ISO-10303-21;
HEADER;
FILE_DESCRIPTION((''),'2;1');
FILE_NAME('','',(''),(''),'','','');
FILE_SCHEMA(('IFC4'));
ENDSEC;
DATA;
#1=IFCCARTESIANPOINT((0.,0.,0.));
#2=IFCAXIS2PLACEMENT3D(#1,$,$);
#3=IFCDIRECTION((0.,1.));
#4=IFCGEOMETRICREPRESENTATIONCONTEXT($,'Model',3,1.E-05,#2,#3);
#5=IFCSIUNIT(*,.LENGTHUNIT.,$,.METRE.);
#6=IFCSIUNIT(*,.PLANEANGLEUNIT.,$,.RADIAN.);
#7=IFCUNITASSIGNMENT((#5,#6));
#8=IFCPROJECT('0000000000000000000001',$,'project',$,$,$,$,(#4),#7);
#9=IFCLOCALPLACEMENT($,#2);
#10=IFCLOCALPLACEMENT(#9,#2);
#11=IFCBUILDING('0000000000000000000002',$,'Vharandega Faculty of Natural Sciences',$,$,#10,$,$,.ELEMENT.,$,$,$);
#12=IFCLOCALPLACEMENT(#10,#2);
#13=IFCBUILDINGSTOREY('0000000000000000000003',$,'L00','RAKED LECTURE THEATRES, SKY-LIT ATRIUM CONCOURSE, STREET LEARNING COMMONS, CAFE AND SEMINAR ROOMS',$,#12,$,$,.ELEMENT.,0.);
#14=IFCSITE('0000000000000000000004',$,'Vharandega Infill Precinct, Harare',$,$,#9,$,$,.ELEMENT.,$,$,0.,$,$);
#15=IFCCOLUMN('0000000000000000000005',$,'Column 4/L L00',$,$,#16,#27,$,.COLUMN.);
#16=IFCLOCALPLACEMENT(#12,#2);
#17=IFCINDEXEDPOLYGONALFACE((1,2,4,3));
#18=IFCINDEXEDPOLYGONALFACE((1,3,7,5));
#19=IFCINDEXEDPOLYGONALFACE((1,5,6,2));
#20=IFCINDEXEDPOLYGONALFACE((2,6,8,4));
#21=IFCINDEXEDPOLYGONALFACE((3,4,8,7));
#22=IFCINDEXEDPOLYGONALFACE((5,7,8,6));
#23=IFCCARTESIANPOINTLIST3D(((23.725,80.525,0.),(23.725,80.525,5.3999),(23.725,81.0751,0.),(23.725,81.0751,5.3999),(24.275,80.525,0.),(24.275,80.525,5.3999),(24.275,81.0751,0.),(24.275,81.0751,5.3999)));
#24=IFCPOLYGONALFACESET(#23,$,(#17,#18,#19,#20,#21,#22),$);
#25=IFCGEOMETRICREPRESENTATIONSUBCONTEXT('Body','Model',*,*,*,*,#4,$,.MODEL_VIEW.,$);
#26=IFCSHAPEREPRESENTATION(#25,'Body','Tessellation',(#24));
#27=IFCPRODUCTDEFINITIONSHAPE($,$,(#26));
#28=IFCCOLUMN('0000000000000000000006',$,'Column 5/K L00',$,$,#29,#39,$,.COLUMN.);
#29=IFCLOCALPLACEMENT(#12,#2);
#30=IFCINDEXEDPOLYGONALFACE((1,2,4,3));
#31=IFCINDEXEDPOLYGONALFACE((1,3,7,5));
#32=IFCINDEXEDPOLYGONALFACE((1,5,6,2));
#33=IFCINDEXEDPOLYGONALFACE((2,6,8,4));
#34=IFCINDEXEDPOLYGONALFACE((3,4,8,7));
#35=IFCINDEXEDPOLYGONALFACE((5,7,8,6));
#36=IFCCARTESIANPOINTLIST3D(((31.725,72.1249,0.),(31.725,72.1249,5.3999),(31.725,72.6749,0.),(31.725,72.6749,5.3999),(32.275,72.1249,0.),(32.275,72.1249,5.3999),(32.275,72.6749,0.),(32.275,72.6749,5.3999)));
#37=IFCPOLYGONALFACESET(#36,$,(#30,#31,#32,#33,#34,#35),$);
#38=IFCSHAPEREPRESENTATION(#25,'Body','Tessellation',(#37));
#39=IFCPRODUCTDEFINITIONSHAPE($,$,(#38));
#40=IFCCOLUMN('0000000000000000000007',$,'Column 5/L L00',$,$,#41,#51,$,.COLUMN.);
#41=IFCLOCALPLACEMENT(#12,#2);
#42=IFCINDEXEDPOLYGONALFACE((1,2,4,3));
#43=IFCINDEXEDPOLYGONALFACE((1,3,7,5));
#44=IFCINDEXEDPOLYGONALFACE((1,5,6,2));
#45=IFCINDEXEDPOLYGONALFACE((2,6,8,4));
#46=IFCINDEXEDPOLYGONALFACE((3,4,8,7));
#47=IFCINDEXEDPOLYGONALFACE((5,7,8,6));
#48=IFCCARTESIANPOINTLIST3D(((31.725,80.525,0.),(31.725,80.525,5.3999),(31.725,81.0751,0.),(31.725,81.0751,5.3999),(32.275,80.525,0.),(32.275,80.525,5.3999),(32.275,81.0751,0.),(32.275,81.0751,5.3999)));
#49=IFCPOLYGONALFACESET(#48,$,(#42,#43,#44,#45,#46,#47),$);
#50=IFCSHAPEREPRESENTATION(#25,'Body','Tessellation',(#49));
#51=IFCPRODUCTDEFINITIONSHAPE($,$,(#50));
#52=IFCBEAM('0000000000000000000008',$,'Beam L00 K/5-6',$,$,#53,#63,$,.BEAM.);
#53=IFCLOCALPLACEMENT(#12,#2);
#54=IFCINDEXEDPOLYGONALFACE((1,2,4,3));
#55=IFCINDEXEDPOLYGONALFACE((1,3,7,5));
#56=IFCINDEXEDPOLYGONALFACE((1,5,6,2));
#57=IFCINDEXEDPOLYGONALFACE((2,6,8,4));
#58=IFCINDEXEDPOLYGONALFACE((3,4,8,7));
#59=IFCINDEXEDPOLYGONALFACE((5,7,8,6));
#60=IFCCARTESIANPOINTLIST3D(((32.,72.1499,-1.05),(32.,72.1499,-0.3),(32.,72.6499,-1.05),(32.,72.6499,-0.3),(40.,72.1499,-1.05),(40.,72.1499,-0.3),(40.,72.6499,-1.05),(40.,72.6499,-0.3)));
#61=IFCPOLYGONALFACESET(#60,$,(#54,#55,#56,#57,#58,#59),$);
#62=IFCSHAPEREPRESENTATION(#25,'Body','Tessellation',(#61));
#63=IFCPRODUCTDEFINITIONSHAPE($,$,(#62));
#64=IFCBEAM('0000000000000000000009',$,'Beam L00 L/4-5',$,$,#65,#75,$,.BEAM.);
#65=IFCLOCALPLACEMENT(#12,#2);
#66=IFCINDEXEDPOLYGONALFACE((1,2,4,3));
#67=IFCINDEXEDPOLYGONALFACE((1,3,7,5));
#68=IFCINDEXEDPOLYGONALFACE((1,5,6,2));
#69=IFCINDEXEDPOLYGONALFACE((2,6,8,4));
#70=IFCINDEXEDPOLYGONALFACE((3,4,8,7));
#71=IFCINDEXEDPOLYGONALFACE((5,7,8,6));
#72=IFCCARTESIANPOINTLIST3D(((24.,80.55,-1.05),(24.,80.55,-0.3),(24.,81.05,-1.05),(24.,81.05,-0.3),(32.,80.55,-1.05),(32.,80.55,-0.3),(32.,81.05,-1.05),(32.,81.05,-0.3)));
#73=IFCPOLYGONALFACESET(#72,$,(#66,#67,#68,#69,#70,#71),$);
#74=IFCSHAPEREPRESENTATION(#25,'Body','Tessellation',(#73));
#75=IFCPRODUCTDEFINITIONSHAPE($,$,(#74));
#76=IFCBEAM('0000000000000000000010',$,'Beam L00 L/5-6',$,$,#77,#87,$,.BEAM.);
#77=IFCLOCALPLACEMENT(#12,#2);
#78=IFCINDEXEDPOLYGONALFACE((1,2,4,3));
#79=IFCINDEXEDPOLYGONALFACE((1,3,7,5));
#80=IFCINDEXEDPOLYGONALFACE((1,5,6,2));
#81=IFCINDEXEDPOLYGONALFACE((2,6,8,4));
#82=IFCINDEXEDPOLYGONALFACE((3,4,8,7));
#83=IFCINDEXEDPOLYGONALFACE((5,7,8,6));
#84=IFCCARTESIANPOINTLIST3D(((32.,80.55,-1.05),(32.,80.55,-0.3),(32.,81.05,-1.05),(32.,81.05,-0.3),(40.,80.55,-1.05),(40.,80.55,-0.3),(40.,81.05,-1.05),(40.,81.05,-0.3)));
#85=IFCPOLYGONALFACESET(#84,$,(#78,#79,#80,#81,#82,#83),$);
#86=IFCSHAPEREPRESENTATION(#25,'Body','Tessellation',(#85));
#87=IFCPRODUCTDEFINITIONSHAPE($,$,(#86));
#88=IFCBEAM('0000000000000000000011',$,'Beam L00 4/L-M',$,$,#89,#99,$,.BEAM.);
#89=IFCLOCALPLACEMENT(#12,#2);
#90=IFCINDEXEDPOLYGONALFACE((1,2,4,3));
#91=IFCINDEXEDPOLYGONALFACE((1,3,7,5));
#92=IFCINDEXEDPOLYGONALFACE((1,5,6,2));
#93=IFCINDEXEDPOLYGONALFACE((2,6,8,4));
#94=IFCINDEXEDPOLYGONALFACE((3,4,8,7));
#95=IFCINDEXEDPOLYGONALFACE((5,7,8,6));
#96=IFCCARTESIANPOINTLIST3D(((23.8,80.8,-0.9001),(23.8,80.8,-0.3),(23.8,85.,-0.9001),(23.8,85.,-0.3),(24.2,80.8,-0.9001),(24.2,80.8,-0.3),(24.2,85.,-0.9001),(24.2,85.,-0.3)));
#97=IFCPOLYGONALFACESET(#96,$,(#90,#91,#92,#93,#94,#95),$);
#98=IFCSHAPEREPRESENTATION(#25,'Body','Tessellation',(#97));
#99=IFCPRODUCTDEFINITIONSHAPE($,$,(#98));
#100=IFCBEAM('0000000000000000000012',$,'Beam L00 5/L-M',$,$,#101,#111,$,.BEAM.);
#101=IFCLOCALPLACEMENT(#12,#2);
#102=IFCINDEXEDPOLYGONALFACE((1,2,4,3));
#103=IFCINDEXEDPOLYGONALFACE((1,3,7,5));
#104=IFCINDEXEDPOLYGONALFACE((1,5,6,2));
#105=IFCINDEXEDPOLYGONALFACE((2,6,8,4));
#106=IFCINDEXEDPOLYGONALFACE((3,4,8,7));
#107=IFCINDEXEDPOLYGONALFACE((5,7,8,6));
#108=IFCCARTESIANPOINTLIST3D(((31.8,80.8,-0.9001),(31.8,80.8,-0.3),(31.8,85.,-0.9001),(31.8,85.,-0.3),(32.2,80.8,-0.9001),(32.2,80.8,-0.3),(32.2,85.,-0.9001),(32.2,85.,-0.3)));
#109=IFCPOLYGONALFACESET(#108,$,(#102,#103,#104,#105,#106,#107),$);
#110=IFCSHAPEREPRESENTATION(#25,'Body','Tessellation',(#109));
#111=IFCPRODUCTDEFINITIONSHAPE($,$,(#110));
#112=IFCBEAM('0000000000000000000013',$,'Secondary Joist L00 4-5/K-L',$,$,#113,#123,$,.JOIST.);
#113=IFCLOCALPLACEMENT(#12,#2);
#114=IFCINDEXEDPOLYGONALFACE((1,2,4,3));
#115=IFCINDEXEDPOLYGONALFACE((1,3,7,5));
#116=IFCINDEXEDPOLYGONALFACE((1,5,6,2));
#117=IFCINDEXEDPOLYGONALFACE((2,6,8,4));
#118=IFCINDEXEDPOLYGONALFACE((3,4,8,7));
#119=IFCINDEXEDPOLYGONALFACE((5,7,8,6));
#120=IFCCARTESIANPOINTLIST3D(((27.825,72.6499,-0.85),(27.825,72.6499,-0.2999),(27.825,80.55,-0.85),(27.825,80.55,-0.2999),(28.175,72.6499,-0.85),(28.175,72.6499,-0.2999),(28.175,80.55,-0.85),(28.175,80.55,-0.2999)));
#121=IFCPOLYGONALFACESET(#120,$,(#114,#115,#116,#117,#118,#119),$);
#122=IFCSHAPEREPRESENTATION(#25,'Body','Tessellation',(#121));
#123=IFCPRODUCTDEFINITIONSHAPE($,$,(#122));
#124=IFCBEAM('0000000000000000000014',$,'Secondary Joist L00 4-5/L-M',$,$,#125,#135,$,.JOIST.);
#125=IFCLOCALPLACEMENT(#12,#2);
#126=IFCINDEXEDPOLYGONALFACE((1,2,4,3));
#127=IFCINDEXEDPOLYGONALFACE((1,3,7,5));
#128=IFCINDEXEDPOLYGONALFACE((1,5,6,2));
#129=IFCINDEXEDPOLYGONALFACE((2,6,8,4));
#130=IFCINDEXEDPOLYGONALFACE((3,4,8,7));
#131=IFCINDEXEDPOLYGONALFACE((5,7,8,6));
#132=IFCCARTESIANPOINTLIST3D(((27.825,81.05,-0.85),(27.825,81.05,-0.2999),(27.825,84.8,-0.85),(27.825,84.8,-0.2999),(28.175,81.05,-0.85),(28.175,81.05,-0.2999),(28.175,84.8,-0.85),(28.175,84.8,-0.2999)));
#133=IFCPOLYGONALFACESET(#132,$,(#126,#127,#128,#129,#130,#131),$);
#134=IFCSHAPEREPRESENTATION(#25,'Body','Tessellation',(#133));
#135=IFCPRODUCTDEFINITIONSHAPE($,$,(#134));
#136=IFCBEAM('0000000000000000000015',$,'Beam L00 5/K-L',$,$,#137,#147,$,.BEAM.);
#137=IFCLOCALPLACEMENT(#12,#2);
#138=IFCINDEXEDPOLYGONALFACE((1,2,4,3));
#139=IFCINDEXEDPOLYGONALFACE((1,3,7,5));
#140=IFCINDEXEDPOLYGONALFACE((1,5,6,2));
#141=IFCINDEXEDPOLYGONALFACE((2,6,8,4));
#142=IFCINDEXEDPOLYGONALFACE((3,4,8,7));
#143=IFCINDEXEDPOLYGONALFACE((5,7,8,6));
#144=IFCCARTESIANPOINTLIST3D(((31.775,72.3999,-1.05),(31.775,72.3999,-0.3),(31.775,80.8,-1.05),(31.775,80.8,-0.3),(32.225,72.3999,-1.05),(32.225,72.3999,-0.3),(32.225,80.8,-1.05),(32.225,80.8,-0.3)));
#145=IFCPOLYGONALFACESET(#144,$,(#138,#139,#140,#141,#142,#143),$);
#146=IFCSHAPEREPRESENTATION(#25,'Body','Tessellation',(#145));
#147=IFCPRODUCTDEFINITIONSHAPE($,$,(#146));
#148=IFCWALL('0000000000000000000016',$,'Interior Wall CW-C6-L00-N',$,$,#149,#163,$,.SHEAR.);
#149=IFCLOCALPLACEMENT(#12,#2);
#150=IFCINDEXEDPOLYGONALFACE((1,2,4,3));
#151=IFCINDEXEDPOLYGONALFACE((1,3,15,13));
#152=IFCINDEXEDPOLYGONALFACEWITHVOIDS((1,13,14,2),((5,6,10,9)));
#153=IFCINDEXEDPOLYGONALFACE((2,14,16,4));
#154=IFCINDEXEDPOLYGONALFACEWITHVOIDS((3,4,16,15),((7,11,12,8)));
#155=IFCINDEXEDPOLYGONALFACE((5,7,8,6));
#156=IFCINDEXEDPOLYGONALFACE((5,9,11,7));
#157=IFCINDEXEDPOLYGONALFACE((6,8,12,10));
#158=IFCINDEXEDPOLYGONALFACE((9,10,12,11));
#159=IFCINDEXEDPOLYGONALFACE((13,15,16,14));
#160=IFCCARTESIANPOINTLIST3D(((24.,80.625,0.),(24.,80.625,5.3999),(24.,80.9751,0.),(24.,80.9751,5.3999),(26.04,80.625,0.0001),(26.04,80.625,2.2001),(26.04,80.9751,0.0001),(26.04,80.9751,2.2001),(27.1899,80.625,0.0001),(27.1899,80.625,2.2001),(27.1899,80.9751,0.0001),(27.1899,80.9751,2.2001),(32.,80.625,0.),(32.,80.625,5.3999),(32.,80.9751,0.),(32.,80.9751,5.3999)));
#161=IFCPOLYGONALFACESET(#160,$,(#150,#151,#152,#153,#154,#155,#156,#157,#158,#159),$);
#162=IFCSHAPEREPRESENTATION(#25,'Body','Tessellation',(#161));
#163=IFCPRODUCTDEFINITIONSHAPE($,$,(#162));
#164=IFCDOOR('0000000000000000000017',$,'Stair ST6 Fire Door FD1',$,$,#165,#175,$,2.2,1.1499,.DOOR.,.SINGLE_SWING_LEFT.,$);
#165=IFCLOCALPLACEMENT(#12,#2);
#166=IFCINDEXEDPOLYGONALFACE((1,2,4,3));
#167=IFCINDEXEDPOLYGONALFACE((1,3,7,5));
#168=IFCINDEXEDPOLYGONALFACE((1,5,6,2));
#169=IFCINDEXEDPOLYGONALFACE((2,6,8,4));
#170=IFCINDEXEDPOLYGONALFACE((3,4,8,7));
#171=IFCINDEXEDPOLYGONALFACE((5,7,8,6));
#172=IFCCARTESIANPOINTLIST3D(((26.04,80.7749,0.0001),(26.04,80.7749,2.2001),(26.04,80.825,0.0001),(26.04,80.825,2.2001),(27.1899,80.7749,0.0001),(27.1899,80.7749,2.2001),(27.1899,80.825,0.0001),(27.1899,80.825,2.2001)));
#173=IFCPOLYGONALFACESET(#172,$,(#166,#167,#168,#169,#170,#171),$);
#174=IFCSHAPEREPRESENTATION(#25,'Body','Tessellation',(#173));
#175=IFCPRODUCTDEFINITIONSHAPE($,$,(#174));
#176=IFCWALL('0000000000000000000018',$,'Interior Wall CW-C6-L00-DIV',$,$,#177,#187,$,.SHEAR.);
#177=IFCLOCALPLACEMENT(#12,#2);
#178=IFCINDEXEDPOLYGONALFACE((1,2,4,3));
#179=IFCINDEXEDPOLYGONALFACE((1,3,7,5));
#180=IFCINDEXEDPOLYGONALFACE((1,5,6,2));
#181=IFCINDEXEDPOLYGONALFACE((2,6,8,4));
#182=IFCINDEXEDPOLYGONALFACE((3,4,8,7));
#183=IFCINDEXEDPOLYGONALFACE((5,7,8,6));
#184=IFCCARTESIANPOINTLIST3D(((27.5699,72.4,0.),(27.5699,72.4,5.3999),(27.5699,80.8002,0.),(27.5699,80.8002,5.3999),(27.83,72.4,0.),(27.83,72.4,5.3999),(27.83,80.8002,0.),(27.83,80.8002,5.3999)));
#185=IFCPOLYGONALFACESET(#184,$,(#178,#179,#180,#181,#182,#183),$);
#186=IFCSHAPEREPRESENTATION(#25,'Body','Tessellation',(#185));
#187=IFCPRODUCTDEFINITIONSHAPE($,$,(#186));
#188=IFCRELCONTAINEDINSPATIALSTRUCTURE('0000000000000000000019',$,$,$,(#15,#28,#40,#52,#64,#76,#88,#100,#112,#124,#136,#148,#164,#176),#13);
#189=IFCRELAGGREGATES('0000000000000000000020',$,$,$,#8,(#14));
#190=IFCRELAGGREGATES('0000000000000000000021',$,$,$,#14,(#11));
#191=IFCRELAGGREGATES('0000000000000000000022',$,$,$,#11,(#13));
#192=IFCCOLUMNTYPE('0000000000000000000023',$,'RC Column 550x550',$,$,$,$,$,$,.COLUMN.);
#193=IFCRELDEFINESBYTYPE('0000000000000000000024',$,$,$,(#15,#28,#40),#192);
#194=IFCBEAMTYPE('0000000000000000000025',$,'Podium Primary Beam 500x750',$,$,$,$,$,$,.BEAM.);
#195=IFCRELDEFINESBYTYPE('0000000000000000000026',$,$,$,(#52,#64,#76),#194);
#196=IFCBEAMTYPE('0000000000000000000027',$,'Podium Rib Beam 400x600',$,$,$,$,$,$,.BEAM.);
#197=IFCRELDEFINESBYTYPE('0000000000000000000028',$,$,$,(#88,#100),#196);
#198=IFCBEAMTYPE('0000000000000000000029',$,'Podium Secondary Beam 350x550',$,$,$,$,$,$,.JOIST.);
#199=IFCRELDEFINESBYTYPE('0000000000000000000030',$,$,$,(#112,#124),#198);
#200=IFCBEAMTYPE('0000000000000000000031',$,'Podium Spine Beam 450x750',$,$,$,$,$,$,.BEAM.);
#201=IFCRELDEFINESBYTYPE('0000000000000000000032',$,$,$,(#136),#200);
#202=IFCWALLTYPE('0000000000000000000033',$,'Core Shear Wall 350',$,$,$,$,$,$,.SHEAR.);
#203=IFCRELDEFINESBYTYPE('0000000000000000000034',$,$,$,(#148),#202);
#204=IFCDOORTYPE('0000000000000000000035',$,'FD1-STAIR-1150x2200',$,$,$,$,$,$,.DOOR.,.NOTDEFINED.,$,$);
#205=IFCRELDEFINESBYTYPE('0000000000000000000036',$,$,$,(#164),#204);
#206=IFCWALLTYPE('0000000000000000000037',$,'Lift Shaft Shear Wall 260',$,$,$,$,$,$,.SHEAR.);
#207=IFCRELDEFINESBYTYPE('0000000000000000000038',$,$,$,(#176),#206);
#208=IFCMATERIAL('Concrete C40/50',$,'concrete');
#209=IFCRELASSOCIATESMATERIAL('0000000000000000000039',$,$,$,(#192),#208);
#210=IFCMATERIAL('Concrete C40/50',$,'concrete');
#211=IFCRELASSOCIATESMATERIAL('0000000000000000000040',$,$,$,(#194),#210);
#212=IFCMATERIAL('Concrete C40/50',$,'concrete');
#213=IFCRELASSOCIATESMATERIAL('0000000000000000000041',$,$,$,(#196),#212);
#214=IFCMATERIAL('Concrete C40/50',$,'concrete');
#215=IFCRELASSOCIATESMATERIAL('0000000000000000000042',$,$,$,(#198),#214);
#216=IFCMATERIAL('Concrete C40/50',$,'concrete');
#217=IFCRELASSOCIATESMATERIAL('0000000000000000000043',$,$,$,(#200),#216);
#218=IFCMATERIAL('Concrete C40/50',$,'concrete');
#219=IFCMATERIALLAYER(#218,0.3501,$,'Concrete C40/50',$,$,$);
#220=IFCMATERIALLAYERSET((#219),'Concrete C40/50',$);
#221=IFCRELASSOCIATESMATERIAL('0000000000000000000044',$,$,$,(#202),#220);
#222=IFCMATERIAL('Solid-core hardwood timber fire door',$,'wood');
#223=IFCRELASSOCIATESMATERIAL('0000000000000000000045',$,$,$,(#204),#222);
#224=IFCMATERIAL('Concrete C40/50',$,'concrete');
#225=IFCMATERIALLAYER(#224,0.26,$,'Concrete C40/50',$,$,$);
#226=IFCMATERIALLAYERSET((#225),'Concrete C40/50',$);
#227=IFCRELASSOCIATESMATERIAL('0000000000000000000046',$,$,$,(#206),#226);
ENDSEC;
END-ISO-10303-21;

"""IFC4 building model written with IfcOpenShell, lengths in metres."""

from ifc_helpers import new_model, si_unit, direction, frame, frame_2d, origin, origin_2d, place, context, subcontext, project, spatial, rectangle, extrude, material, layer, layer_set, material_profile, profile_set, type_object, element, fill, save


model = new_model("IFC4")

# Units and contexts
model_context = context("Model", 3, precision=1e-05, world=origin(), true_north=direction((0.0, 1.0)))
body_context = subcontext(model_context, "Body", "Model", "MODEL_VIEW")
ifc_project = project(units=[si_unit("LENGTHUNIT", "METRE"), si_unit("PLANEANGLEUNIT", "RADIAN")], contexts=[model_context])

# Site, building, storey
site_placement = place(None, origin())
site = spatial("IfcSite", under=ifc_project, at=site_placement, Name="Vharandega Infill Precinct, Harare", CompositionType="ELEMENT", RefElevation=0.0)
building_placement = place(site_placement, origin())
building = spatial("IfcBuilding", under=site, at=building_placement, Name="Vharandega Faculty of Natural Sciences", CompositionType="ELEMENT")
storey_placement = place(building_placement, origin())
storey = spatial("IfcBuildingStorey", under=building, at=storey_placement, Name="L00", Description="RAKED LECTURE THEATRES, SKY-LIT ATRIUM CONCOURSE, STREET LEARNING COMMONS, CAFE AND SEMINAR ROOMS", CompositionType="ELEMENT", Elevation=0.0)

# Columns
ifc_material_1 = material(Name="Concrete C40/50", Category="concrete")
ifc_material_profile_1 = material_profile(ifc_material_1, rectangle(XDim=0.55, YDim=0.55, at=origin_2d()), Name="RC 550x550")
ifc_profile_set_1 = profile_set([ifc_material_profile_1], Name="Concrete C40/50")
column_type = type_object("IfcColumnType", Name="RC Column 550x550", PredefinedType="COLUMN", material=ifc_profile_set_1)
for number, where, z_axis, x_axis, name in (
    (1, (24.0, 80.8, 0.0), (0.0, 0.0, 1.0), (1.0, 0.0, 0.0), "Column 4/L L00"),
    (2, (32.0, 72.3999, 0.0), (0.0, 0.0, 1.0), (1.0, 0.0, 0.0), "Column 5/K L00"),
    (3, (32.0, 80.8, 0.0), (0.0, 0.0, 1.0), (1.0, 0.0, 0.0), "Column 5/L L00"),
):
    element("IfcColumn", number, at=place(storey_placement, frame(where, z_axis=z_axis, x_axis=x_axis)), inside=storey, type_object=column_type, Name=name, PredefinedType="COLUMN", context=body_context, shape_type="SweptSolid", body=[
        extrude(rectangle(XDim=0.55, YDim=0.55, at=origin_2d()), origin(), (0.0, 0.0, 1.0), 5.3999),
    ])

# Beams
ifc_material_2 = material(Name="Concrete C40/50", Category="concrete")
ifc_material_profile_2 = material_profile(ifc_material_2, rectangle(XDim=0.5, YDim=0.75, at=origin_2d()), Name="RC 500x750")
ifc_profile_set_2 = profile_set([ifc_material_profile_2], Name="Concrete C40/50")
beam_type_1 = type_object("IfcBeamType", Name="Podium Primary Beam 500x750", PredefinedType="BEAM", material=ifc_profile_set_2)
for number, where, z_axis, x_axis, name in (
    (4, (32.0, 72.3999, -0.675), (1.0, 0.0, 0.0), (0.0, 1.0, 0.0), "Beam L00 K/5-6"),
    (5, (24.0, 80.8, -0.675), (1.0, 0.0, 0.0), (0.0, 1.0, 0.0), "Beam L00 L/4-5"),
    (6, (32.0, 80.8, -0.675), (1.0, 0.0, 0.0), (0.0, 1.0, 0.0), "Beam L00 L/5-6"),
):
    element("IfcBeam", number, at=place(storey_placement, frame(where, z_axis=z_axis, x_axis=x_axis)), inside=storey, type_object=beam_type_1, Name=name, PredefinedType="BEAM", context=body_context, shape_type="SweptSolid", body=[
        extrude(rectangle(XDim=0.5, YDim=0.75, at=origin_2d()), origin(), (0.0, 0.0, 1.0), 8.0),
    ])
ifc_material_3 = material(Name="Concrete C40/50", Category="concrete")
ifc_material_profile_3 = material_profile(ifc_material_3, rectangle(XDim=0.3999, YDim=0.6001, at=origin_2d()), Name="RC 400x600")
ifc_profile_set_3 = profile_set([ifc_material_profile_3], Name="Concrete C40/50")
beam_type_2 = type_object("IfcBeamType", Name="Podium Rib Beam 400x600", PredefinedType="BEAM", material=ifc_profile_set_3)
for number, where, z_axis, x_axis, name in (
    (7, (24.0, 80.8, -0.6001), (0.0, 1.0, 0.0), (-1.0, 0.0, 0.0), "Beam L00 4/L-M"),
    (8, (32.0, 80.8, -0.6001), (0.0, 1.0, 0.0), (-1.0, 0.0, 0.0), "Beam L00 5/L-M"),
):
    element("IfcBeam", number, at=place(storey_placement, frame(where, z_axis=z_axis, x_axis=x_axis)), inside=storey, type_object=beam_type_2, Name=name, PredefinedType="BEAM", context=body_context, shape_type="SweptSolid", body=[
        extrude(rectangle(XDim=0.3999, YDim=0.6001, at=origin_2d()), origin(), (0.0, 0.0, 1.0), 4.2),
    ])
ifc_material_4 = material(Name="Concrete C40/50", Category="concrete")
ifc_material_profile_4 = material_profile(ifc_material_4, rectangle(XDim=0.3501, YDim=0.55, at=origin_2d()), Name="RC 350x550")
ifc_profile_set_4 = profile_set([ifc_material_profile_4], Name="Concrete C40/50")
beam_type_3 = type_object("IfcBeamType", Name="Podium Secondary Beam 350x550", PredefinedType="JOIST", material=ifc_profile_set_4)
beam_1_placement = place(storey_placement, frame((28.0, 72.6499, -0.575), z_axis=(0.0, 1.0, 0.0), x_axis=(-1.0, 0.0, 0.0)))
element("IfcBeam", 9, at=beam_1_placement, inside=storey, type_object=beam_type_3, Name="Secondary Joist L00 4-5/K-L", PredefinedType="JOIST", context=body_context, shape_type="SweptSolid", body=[
    extrude(rectangle(XDim=0.3501, YDim=0.55, at=origin_2d()), origin(), (0.0, 0.0, 1.0), 7.9001),
])
beam_2_placement = place(storey_placement, frame((28.0, 81.05, -0.575), z_axis=(0.0, 1.0, 0.0), x_axis=(-1.0, 0.0, 0.0)))
element("IfcBeam", 10, at=beam_2_placement, inside=storey, type_object=beam_type_3, Name="Secondary Joist L00 4-5/L-M", PredefinedType="JOIST", context=body_context, shape_type="SweptSolid", body=[
    extrude(rectangle(XDim=0.3501, YDim=0.55, at=origin_2d()), origin(), (0.0, 0.0, 1.0), 3.75),
])
ifc_material_5 = material(Name="Concrete C40/50", Category="concrete")
ifc_material_profile_5 = material_profile(ifc_material_5, rectangle(XDim=0.45, YDim=0.75, at=origin_2d()), Name="RC 450x750")
ifc_profile_set_5 = profile_set([ifc_material_profile_5], Name="Concrete C40/50")
beam_type_4 = type_object("IfcBeamType", Name="Podium Spine Beam 450x750", PredefinedType="BEAM", material=ifc_profile_set_5)
beam_3_placement = place(storey_placement, frame((32.0, 72.3999, -0.675), z_axis=(0.0, 1.0, 0.0), x_axis=(-1.0, 0.0, 0.0)))
element("IfcBeam", 11, at=beam_3_placement, inside=storey, type_object=beam_type_4, Name="Beam L00 5/K-L", PredefinedType="BEAM", context=body_context, shape_type="SweptSolid", body=[
    extrude(rectangle(XDim=0.45, YDim=0.75, at=origin_2d()), origin(), (0.0, 0.0, 1.0), 8.4001),
])

# Wall, opening, door
ifc_material_6 = material(Name="Concrete C40/50", Category="concrete")
ifc_layer_1 = layer(ifc_material_6, 0.3501, Name="Concrete C40/50")
ifc_layer_set_1 = layer_set([ifc_layer_1], Name="Concrete C40/50")
wall_type_1 = type_object("IfcWallType", Name="Core Shear Wall 350", PredefinedType="SHEAR", material=ifc_layer_set_1)
wall_1_placement = place(storey_placement, frame((24.0, 80.8, 0.0), z_axis=(0.0, 0.0, 1.0), x_axis=(1.0, 0.0, 0.0)))
wall_1 = element("IfcWall", 12, at=wall_1_placement, inside=storey, type_object=wall_type_1, Name="Interior Wall CW-C6-L00-N", PredefinedType="SHEAR", context=body_context, shape_type="SweptSolid", body=[
    extrude(rectangle(XDim=8.0, YDim=0.3501, at=frame_2d((4.0, 0.0))), origin(), (0.0, 0.0, 1.0), 5.3999),
])
opening_placement = place(wall_1_placement, frame((2.04, 0.0, 0.0)))
opening = element("IfcOpeningElement", 13, at=opening_placement, cuts=wall_1, PredefinedType="OPENING", context=body_context, shape_type="SweptSolid", body=[
    extrude(rectangle(XDim=1.1499, YDim=2.2, at=frame_2d((0.575, 1.1001))), frame((0.0, 0.1851, 0.0), z_axis=(0.0, -1.0, 0.0), x_axis=(1.0, 0.0, 0.0)), (0.0, 0.0, 1.0), 0.3701),
])
ifc_material_7 = material(Name="Solid-core hardwood timber fire door", Category="wood")
door_type = type_object("IfcDoorType", Name="FD1-STAIR-1150x2200", OperationType="NOTDEFINED", PredefinedType="DOOR", material=ifc_material_7)
door_placement = place(opening_placement, origin())
door = element("IfcDoor", 14, at=door_placement, inside=storey, type_object=door_type, Name="Stair ST6 Fire Door FD1", OperationType="SINGLE_SWING_LEFT", OverallHeight=2.2, OverallWidth=1.1499, PredefinedType="DOOR", context=body_context, shape_type="SweptSolid", body=[
    extrude(rectangle(XDim=1.1499, YDim=2.2, at=frame_2d((0.575, 1.1001))), frame((0.0, 0.0249, 0.0), z_axis=(0.0, -1.0, 0.0), x_axis=(1.0, 0.0, 0.0)), (0.0, 0.0, 1.0), 0.05),
])
fill(opening, door)

# Wall
ifc_material_8 = material(Name="Concrete C40/50", Category="concrete")
ifc_layer_2 = layer(ifc_material_8, 0.26, Name="Concrete C40/50")
ifc_layer_set_2 = layer_set([ifc_layer_2], Name="Concrete C40/50")
wall_type_2 = type_object("IfcWallType", Name="Lift Shaft Shear Wall 260", PredefinedType="SHEAR", material=ifc_layer_set_2)
wall_2_placement = place(storey_placement, frame((27.7, 72.3999, 0.0), z_axis=(0.0, 0.0, 1.0), x_axis=(0.0, 1.0, 0.0)))
element("IfcWall", 15, at=wall_2_placement, inside=storey, type_object=wall_type_2, Name="Interior Wall CW-C6-L00-DIV", PredefinedType="SHEAR", context=body_context, shape_type="SweptSolid", body=[
    extrude(rectangle(XDim=8.4001, YDim=0.26, at=frame_2d((4.2002, 0.0))), origin(), (0.0, 0.0, 1.0), 5.3999),
])

save(model, "model.ifc")
